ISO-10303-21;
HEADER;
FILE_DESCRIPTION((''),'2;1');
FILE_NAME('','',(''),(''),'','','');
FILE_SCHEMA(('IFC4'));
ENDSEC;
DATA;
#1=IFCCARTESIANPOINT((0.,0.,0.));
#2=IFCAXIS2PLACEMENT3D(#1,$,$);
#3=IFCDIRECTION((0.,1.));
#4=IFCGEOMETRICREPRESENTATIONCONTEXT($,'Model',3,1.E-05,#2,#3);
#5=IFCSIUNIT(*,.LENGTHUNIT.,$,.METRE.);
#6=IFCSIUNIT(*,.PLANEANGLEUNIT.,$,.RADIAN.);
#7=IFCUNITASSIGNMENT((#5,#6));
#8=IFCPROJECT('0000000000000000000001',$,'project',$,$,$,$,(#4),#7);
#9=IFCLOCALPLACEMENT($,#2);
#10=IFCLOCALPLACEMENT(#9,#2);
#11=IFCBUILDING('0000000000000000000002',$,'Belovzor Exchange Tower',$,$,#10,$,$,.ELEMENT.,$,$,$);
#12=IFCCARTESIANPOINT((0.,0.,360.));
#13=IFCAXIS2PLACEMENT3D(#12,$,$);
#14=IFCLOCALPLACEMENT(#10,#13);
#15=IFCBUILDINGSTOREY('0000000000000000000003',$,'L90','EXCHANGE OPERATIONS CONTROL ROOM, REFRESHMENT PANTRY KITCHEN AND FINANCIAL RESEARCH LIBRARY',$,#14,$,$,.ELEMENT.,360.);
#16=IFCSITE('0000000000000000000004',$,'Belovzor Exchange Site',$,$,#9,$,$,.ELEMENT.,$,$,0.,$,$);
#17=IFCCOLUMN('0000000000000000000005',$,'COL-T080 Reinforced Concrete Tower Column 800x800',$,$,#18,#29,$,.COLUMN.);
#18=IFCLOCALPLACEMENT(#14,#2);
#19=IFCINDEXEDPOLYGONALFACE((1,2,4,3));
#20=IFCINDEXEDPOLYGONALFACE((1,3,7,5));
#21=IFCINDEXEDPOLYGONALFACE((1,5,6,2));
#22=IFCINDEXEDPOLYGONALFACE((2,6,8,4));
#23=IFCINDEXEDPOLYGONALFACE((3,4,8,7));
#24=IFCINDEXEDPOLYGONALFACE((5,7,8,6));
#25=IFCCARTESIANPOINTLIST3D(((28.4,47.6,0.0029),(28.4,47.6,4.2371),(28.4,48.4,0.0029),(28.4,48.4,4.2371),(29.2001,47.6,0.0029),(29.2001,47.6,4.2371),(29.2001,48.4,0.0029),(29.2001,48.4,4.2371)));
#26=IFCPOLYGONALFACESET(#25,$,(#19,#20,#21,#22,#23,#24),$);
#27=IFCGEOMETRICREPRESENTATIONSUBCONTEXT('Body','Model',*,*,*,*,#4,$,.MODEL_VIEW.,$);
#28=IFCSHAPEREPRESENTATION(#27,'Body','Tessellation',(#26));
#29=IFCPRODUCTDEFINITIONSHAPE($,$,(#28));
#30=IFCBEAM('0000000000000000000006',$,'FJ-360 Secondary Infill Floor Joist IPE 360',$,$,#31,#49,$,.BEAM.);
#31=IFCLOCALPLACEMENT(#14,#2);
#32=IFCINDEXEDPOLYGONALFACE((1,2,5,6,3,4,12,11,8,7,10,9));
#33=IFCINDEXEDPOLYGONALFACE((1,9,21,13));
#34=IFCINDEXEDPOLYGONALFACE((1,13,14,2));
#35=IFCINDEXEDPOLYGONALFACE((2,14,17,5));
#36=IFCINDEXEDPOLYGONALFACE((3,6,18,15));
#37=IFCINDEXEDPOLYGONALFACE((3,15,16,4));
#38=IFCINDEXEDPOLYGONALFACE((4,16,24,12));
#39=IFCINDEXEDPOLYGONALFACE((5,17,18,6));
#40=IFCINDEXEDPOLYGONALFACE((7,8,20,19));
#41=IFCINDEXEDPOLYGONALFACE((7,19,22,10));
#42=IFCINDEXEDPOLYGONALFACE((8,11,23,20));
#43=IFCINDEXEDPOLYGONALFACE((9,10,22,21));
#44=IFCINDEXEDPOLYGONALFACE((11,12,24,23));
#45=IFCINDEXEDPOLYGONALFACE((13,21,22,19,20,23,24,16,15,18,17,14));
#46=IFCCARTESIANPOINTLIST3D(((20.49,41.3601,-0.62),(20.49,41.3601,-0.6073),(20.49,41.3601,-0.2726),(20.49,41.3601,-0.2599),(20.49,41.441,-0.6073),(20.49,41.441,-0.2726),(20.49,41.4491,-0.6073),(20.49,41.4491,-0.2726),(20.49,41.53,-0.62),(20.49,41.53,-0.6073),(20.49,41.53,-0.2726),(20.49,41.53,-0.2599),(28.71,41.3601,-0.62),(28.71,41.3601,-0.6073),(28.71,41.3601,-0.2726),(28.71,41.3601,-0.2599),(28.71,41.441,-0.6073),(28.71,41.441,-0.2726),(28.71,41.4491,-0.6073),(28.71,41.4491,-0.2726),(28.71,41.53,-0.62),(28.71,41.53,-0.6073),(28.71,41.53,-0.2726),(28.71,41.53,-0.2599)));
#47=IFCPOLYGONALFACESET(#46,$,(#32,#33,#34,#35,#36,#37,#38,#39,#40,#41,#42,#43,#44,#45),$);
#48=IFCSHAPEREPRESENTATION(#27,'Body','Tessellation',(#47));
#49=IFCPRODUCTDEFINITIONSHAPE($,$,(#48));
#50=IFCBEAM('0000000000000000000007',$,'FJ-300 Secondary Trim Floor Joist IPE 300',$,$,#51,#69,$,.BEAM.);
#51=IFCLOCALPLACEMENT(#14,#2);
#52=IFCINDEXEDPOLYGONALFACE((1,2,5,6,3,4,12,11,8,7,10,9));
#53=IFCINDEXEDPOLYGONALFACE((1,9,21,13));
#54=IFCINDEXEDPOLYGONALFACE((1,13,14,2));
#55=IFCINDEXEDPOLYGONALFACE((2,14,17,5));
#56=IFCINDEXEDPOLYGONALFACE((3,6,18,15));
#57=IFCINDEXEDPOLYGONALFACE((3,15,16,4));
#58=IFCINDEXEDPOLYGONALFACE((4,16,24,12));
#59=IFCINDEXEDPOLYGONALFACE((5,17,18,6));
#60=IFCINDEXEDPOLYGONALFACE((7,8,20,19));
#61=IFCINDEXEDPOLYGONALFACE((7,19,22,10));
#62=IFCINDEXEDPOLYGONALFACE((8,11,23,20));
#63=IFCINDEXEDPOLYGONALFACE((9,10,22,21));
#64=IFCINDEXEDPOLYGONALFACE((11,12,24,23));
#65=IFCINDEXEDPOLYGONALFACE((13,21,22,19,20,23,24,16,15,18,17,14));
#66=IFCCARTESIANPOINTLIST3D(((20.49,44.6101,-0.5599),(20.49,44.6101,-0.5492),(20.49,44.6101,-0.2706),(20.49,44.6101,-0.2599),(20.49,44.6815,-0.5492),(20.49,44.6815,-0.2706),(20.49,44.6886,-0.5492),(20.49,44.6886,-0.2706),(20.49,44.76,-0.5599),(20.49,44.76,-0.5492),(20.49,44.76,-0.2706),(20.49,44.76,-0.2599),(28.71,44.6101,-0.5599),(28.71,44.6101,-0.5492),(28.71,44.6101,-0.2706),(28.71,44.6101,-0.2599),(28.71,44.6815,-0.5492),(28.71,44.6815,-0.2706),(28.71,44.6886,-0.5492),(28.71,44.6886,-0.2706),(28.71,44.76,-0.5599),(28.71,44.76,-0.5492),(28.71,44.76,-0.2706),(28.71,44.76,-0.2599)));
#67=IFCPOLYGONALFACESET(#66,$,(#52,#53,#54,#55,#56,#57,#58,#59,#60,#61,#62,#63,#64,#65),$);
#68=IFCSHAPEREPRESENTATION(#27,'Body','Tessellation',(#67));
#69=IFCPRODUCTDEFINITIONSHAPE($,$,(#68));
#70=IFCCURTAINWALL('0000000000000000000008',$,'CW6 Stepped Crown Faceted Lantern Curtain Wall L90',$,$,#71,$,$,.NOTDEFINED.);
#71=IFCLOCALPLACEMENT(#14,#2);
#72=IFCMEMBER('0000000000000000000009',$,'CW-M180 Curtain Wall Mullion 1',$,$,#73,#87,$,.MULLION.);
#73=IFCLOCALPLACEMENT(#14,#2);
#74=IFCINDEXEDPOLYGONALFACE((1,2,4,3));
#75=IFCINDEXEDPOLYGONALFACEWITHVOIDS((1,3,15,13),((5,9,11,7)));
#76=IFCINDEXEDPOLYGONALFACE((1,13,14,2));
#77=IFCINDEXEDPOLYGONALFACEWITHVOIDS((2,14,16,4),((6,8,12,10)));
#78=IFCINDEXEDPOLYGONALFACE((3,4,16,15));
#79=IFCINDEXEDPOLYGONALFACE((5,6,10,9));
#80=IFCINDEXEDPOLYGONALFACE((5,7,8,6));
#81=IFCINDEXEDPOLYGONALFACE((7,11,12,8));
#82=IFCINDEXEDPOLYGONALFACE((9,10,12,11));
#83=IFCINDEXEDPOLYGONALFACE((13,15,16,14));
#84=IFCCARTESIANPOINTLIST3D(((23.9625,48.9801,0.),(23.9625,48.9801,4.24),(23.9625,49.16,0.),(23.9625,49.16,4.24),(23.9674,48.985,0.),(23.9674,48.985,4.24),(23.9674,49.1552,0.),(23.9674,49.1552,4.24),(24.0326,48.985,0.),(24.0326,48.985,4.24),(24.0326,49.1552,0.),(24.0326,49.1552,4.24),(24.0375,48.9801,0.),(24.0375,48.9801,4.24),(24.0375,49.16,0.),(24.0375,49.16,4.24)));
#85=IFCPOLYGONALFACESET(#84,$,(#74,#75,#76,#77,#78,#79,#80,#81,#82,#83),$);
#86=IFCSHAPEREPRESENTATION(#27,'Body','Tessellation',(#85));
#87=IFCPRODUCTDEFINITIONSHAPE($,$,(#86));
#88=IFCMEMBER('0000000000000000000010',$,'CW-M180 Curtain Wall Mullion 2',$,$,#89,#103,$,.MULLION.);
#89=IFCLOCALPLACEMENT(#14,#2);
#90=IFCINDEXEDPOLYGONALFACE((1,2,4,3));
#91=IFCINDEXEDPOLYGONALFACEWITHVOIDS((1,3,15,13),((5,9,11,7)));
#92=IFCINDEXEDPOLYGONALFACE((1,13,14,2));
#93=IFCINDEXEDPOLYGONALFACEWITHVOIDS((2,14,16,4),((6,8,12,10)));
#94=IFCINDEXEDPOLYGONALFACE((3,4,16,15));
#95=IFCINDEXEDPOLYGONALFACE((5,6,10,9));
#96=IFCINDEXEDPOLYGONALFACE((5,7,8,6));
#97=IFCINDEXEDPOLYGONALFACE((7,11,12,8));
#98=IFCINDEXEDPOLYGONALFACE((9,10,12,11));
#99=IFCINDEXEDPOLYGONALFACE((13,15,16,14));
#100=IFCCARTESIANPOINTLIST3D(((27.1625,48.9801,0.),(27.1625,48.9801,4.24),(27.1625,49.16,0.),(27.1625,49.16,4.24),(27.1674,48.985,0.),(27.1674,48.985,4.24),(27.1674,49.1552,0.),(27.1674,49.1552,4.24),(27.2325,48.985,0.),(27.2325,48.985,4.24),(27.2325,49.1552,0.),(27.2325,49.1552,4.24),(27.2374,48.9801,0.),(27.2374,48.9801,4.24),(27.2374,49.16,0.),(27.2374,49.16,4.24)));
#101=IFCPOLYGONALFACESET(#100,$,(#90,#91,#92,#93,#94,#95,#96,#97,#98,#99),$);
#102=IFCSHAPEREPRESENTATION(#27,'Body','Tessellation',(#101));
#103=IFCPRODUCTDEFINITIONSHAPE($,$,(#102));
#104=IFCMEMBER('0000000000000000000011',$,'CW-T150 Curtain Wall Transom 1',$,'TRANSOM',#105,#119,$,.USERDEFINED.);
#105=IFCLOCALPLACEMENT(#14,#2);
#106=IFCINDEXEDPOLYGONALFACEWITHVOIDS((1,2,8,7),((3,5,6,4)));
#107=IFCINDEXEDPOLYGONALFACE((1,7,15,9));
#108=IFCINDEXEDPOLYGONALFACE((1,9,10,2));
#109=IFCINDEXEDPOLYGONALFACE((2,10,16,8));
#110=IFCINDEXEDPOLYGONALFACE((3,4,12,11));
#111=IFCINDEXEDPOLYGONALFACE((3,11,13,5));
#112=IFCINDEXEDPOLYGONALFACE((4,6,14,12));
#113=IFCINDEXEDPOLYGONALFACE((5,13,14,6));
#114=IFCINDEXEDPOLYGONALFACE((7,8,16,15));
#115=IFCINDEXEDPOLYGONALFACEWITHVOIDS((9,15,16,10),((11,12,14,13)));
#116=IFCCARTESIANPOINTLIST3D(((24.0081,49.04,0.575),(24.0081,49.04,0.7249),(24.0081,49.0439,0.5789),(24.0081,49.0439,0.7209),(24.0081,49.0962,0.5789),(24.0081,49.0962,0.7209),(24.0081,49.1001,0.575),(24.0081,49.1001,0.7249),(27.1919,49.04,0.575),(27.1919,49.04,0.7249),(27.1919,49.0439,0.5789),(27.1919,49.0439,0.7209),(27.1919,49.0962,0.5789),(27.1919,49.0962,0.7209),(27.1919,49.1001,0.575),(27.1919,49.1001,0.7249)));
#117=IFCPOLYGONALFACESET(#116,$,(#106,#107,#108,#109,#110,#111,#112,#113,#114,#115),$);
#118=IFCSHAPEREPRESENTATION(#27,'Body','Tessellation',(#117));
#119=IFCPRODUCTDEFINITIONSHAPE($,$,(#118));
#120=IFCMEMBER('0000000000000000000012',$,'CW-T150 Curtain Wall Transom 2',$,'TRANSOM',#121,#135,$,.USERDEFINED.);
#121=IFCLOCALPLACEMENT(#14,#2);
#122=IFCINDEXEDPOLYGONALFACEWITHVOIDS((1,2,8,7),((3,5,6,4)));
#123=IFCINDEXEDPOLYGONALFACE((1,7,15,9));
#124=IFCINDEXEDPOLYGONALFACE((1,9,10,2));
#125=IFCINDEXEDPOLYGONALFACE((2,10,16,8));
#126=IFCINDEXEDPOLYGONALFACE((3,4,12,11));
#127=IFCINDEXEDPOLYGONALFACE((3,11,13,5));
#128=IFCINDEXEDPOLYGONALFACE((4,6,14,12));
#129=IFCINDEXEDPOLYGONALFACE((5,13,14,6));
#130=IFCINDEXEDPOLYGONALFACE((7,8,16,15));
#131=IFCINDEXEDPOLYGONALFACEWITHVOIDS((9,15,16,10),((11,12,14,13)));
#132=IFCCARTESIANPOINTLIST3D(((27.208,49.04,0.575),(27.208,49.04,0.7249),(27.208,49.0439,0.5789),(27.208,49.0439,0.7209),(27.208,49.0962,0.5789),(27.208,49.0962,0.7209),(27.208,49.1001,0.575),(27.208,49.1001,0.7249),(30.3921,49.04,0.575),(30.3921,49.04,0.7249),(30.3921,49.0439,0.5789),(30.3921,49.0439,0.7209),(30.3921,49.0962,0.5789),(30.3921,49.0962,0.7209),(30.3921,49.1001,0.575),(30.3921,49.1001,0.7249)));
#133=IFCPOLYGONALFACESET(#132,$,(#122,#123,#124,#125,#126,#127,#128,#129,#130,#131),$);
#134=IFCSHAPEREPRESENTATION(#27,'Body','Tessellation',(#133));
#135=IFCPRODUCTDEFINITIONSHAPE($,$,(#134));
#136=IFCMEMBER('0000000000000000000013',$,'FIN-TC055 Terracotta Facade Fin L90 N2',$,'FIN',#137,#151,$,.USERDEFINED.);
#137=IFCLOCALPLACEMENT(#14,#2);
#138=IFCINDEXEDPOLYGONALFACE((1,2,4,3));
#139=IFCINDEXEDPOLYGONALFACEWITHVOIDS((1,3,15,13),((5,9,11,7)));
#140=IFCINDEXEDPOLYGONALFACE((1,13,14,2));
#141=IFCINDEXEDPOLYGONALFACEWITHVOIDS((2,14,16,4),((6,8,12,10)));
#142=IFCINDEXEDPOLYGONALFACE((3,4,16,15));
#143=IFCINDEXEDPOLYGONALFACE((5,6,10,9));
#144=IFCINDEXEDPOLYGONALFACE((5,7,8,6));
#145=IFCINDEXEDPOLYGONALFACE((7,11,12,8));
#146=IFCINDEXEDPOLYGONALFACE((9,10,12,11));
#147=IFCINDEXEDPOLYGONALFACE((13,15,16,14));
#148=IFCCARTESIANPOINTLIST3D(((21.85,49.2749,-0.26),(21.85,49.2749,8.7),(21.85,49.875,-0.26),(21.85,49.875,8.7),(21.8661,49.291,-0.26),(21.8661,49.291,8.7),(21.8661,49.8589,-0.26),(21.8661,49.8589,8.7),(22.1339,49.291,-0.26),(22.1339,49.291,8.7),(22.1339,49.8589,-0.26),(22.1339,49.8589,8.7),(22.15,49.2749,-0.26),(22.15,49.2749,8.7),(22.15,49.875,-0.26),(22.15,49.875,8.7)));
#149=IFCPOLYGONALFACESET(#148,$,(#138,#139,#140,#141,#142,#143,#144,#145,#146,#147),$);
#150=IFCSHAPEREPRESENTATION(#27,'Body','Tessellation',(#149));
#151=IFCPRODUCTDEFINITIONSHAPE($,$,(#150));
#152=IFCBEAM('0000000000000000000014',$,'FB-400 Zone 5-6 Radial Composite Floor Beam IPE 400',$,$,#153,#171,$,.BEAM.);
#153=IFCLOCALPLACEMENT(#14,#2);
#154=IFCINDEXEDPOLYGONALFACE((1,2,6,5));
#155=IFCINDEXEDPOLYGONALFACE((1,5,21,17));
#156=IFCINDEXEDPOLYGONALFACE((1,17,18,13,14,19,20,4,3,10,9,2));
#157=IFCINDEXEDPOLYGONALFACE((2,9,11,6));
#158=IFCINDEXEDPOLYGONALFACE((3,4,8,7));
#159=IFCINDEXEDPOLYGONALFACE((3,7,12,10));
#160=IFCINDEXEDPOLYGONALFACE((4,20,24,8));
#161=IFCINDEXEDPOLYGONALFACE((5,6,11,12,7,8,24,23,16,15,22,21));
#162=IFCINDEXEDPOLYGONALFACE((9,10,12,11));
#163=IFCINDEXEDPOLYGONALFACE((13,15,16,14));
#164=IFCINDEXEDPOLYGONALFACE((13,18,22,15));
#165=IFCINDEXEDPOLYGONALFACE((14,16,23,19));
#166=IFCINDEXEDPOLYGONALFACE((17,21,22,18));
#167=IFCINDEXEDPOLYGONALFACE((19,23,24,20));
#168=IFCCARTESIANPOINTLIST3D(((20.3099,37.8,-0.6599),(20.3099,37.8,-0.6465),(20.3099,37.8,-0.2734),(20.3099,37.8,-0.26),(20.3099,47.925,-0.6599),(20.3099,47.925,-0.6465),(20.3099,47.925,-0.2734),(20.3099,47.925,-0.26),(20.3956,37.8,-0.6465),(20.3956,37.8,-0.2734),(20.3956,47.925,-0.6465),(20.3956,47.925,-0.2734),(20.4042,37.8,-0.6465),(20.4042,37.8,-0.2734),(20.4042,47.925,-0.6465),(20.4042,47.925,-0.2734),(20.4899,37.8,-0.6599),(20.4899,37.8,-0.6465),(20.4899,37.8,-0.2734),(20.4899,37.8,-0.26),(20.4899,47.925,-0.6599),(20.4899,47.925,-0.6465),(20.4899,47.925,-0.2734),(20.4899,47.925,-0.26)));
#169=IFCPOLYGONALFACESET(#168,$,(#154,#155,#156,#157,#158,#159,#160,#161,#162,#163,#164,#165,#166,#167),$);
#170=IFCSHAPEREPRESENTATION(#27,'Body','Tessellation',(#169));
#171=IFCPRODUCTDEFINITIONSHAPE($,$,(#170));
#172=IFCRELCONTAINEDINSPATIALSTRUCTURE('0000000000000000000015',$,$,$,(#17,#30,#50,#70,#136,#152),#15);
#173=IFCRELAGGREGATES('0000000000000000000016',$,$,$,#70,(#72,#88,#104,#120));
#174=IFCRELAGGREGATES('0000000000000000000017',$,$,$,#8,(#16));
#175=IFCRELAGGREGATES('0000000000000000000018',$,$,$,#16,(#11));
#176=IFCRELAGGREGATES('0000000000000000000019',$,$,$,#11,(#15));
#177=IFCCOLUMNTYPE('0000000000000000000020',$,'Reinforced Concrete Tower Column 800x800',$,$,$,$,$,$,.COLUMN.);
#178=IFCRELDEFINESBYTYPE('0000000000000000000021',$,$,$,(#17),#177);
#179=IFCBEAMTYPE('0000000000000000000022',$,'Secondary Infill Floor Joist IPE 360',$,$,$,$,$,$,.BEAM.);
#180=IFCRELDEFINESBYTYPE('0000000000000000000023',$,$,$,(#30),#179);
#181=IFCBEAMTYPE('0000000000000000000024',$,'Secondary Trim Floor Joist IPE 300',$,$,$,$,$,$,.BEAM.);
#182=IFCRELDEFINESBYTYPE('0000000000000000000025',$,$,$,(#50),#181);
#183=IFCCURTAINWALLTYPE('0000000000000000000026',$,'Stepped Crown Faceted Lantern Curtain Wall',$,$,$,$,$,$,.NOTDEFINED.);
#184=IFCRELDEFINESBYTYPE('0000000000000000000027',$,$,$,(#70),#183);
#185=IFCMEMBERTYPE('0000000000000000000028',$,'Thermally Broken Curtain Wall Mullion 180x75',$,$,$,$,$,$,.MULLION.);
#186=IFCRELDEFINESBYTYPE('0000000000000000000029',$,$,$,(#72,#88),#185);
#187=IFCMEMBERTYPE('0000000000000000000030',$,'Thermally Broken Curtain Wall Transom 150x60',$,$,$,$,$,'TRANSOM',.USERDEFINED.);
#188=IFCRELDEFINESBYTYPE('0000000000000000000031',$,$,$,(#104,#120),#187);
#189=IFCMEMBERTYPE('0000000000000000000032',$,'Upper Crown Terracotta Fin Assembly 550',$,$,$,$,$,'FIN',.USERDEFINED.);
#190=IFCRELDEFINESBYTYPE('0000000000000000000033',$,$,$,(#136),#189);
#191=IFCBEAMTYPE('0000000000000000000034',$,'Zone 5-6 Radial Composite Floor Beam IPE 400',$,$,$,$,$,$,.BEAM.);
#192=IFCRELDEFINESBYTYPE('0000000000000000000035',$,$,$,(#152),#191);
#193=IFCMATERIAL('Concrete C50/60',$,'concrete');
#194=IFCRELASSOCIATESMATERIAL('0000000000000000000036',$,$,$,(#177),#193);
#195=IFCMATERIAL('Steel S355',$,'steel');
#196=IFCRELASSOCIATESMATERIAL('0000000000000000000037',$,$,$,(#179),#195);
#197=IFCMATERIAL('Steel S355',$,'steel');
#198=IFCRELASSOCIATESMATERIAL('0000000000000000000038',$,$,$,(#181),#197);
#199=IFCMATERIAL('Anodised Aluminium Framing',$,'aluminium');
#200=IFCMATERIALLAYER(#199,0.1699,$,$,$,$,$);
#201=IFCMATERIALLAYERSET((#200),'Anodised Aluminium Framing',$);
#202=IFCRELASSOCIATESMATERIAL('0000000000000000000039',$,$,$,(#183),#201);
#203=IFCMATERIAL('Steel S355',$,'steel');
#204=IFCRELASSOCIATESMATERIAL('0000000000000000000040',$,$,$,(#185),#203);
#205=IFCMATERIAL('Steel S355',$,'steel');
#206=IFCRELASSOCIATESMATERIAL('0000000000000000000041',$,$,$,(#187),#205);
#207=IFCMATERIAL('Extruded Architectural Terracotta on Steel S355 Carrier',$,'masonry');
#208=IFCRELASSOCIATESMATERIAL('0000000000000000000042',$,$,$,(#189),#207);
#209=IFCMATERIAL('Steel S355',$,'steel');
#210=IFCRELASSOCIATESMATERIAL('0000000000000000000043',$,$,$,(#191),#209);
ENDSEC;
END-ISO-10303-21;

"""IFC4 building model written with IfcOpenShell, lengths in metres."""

from ifc_helpers import new_model, si_unit, direction, frame, origin, origin_2d, place, context, subcontext, project, spatial, rectangle, hollow_rectangle, i_section, extrude, material, layer, layer_set, material_profile, profile_set, type_object, element, aggregate, save


model = new_model("IFC4")

# Units and contexts
model_context = context("Model", 3, precision=1e-05, world=origin(), true_north=direction((0.0, 1.0)))
body_context = subcontext(model_context, "Body", "Model", "MODEL_VIEW")
ifc_project = project(units=[si_unit("LENGTHUNIT", "METRE"), si_unit("PLANEANGLEUNIT", "RADIAN")], contexts=[model_context])

# Site, building, storey
site_placement = place(None, origin())
site = spatial("IfcSite", under=ifc_project, at=site_placement, Name="Belovzor Exchange Site", CompositionType="ELEMENT", RefElevation=0.0)
building_placement = place(site_placement, origin())
building = spatial("IfcBuilding", under=site, at=building_placement, Name="Belovzor Exchange Tower", CompositionType="ELEMENT")
storey_placement = place(building_placement, frame((0.0, 0.0, 360.0)))
storey = spatial("IfcBuildingStorey", under=building, at=storey_placement, Name="L90", Description="EXCHANGE OPERATIONS CONTROL ROOM, REFRESHMENT PANTRY KITCHEN AND FINANCIAL RESEARCH LIBRARY", CompositionType="ELEMENT", Elevation=360.0)

# Column
ifc_material_1 = material(Name="Concrete C50/60", Category="concrete")
ifc_material_profile_1 = material_profile(ifc_material_1, rectangle(XDim=0.8, YDim=0.8, at=origin_2d()))
ifc_profile_set_1 = profile_set([ifc_material_profile_1], Name="Concrete C50/60")
column_type = type_object("IfcColumnType", Name="Reinforced Concrete Tower Column 800x800", PredefinedType="COLUMN", material=ifc_profile_set_1)
column_placement = place(storey_placement, frame((28.8, 48.0, 0.0029), z_axis=(0.0, 0.0, 1.0), x_axis=(1.0, 0.0, 0.0)))
element("IfcColumn", 1, at=column_placement, inside=storey, type_object=column_type, Name="COL-T080 Reinforced Concrete Tower Column 800x800", PredefinedType="COLUMN", context=body_context, shape_type="SweptSolid", body=[
    extrude(rectangle(XDim=0.8, YDim=0.8, at=origin_2d()), origin(), (0.0, 0.0, 1.0), 4.2341),
])

# Beams
ifc_material_2 = material(Name="Steel S355", Category="steel")
ifc_material_profile_2 = material_profile(ifc_material_2, i_section(OverallWidth=0.1699, OverallDepth=0.3601, WebThickness=0.0081, FlangeThickness=0.0127, at=origin_2d()))
ifc_profile_set_2 = profile_set([ifc_material_profile_2], Name="Steel S355")
beam_type_1 = type_object("IfcBeamType", Name="Secondary Infill Floor Joist IPE 360", PredefinedType="BEAM", material=ifc_profile_set_2)
beam_1_placement = place(storey_placement, frame((20.49, 41.4451, -0.4399), z_axis=(1.0, 0.0, 0.0), x_axis=(0.0, 1.0, 0.0)))
element("IfcBeam", 2, at=beam_1_placement, inside=storey, type_object=beam_type_1, Name="FJ-360 Secondary Infill Floor Joist IPE 360", PredefinedType="BEAM", context=body_context, shape_type="SweptSolid", body=[
    extrude(i_section(OverallWidth=0.1699, OverallDepth=0.3601, WebThickness=0.0081, FlangeThickness=0.0127, at=origin_2d()), origin(), (0.0, 0.0, 1.0), 8.22),
])
ifc_material_3 = material(Name="Steel S355", Category="steel")
ifc_material_profile_3 = material_profile(ifc_material_3, i_section(OverallWidth=0.1499, OverallDepth=0.3, WebThickness=0.0071, FlangeThickness=0.0107, at=origin_2d()))
ifc_profile_set_3 = profile_set([ifc_material_profile_3], Name="Steel S355")
beam_type_2 = type_object("IfcBeamType", Name="Secondary Trim Floor Joist IPE 300", PredefinedType="BEAM", material=ifc_profile_set_3)
beam_2_placement = place(storey_placement, frame((20.49, 44.6851, -0.4099), z_axis=(1.0, 0.0, 0.0), x_axis=(0.0, 1.0, 0.0)))
element("IfcBeam", 3, at=beam_2_placement, inside=storey, type_object=beam_type_2, Name="FJ-300 Secondary Trim Floor Joist IPE 300", PredefinedType="BEAM", context=body_context, shape_type="SweptSolid", body=[
    extrude(i_section(OverallWidth=0.1499, OverallDepth=0.3, WebThickness=0.0071, FlangeThickness=0.0107, at=origin_2d()), origin(), (0.0, 0.0, 1.0), 8.22),
])

# Curtain wall, members
ifc_material_4 = material(Name="Anodised Aluminium Framing", Category="aluminium")
ifc_layer_1 = layer(ifc_material_4, 0.1699)
ifc_layer_set_1 = layer_set([ifc_layer_1], Name="Anodised Aluminium Framing")
curtain_wall_type = type_object("IfcCurtainWallType", Name="Stepped Crown Faceted Lantern Curtain Wall", PredefinedType="NOTDEFINED", material=ifc_layer_set_1)
curtain_wall_placement = place(storey_placement, origin())
curtain_wall = element("IfcCurtainWall", 4, at=curtain_wall_placement, inside=storey, type_object=curtain_wall_type, Name="CW6 Stepped Crown Faceted Lantern Curtain Wall L90", PredefinedType="NOTDEFINED")
ifc_material_5 = material(Name="Steel S355", Category="steel")
ifc_material_profile_4 = material_profile(ifc_material_5, hollow_rectangle(XDim=0.075, YDim=0.1799, WallThickness=0.0049, at=origin_2d()))
ifc_profile_set_4 = profile_set([ifc_material_profile_4], Name="Steel S355")
member_type_1 = type_object("IfcMemberType", Name="Thermally Broken Curtain Wall Mullion 180x75", PredefinedType="MULLION", material=ifc_profile_set_4)
member_1_placement = place(storey_placement, frame((24.0, 49.0701, 0.0), z_axis=(0.0, 0.0, 1.0), x_axis=(1.0, 0.0, 0.0)))
member_1 = element("IfcMember", 5, at=member_1_placement, type_object=member_type_1, Name="CW-M180 Curtain Wall Mullion 1", PredefinedType="MULLION", context=body_context, shape_type="SweptSolid", body=[
    extrude(hollow_rectangle(XDim=0.075, YDim=0.1799, WallThickness=0.0049, at=origin_2d()), origin(), (0.0, 0.0, 1.0), 4.24),
])
member_2_placement = place(storey_placement, frame((27.2, 49.0701, 0.0), z_axis=(0.0, 0.0, 1.0), x_axis=(1.0, 0.0, 0.0)))
member_2 = element("IfcMember", 6, at=member_2_placement, type_object=member_type_1, Name="CW-M180 Curtain Wall Mullion 2", PredefinedType="MULLION", context=body_context, shape_type="SweptSolid", body=[
    extrude(hollow_rectangle(XDim=0.075, YDim=0.1799, WallThickness=0.0049, at=origin_2d()), origin(), (0.0, 0.0, 1.0), 4.24),
])
ifc_material_6 = material(Name="Steel S355", Category="steel")
ifc_material_profile_5 = material_profile(ifc_material_6, hollow_rectangle(XDim=0.0601, YDim=0.1499, WallThickness=0.0039, at=origin_2d()))
ifc_profile_set_5 = profile_set([ifc_material_profile_5], Name="Steel S355")
member_type_2 = type_object("IfcMemberType", Name="Thermally Broken Curtain Wall Transom 150x60", ElementType="TRANSOM", PredefinedType="USERDEFINED", material=ifc_profile_set_5)
member_3_placement = place(storey_placement, frame((24.0081, 49.0701, 0.6499), z_axis=(1.0, 0.0, 0.0), x_axis=(0.0, 1.0, 0.0)))
member_3 = element("IfcMember", 7, at=member_3_placement, type_object=member_type_2, Name="CW-T150 Curtain Wall Transom 1", ObjectType="TRANSOM", PredefinedType="USERDEFINED", context=body_context, shape_type="SweptSolid", body=[
    extrude(hollow_rectangle(XDim=0.0601, YDim=0.1499, WallThickness=0.0039, at=origin_2d()), origin(), (0.0, 0.0, 1.0), 3.1838),
])
member_4_placement = place(storey_placement, frame((27.208, 49.0701, 0.6499), z_axis=(1.0, 0.0, 0.0), x_axis=(0.0, 1.0, 0.0)))
member_4 = element("IfcMember", 8, at=member_4_placement, type_object=member_type_2, Name="CW-T150 Curtain Wall Transom 2", ObjectType="TRANSOM", PredefinedType="USERDEFINED", context=body_context, shape_type="SweptSolid", body=[
    extrude(hollow_rectangle(XDim=0.0601, YDim=0.1499, WallThickness=0.0039, at=origin_2d()), origin(), (0.0, 0.0, 1.0), 3.1841),
])

# Member
ifc_material_7 = material(Name="Extruded Architectural Terracotta on Steel S355 Carrier", Category="masonry")
ifc_material_profile_6 = material_profile(ifc_material_7, hollow_rectangle(XDim=0.3, YDim=0.6001, WallThickness=0.0161, at=origin_2d()))
ifc_profile_set_6 = profile_set([ifc_material_profile_6], Name="Extruded Architectural Terracotta on Steel S355 Carrier")
member_type_3 = type_object("IfcMemberType", Name="Upper Crown Terracotta Fin Assembly 550", ElementType="FIN", PredefinedType="USERDEFINED", material=ifc_profile_set_6)
member_5_placement = place(storey_placement, frame((22.0, 49.575, -0.26), z_axis=(0.0, 0.0, 1.0), x_axis=(1.0, 0.0, 0.0)))
element("IfcMember", 9, at=member_5_placement, inside=storey, type_object=member_type_3, Name="FIN-TC055 Terracotta Facade Fin L90 N2", ObjectType="FIN", PredefinedType="USERDEFINED", context=body_context, shape_type="SweptSolid", body=[
    extrude(hollow_rectangle(XDim=0.3, YDim=0.6001, WallThickness=0.0161, at=origin_2d()), origin(), (0.0, 0.0, 1.0), 8.96),
])

# Beam
ifc_material_8 = material(Name="Steel S355", Category="steel")
ifc_material_profile_7 = material_profile(ifc_material_8, i_section(OverallWidth=0.1799, OverallDepth=0.3999, WebThickness=0.0085, FlangeThickness=0.0134, at=origin_2d()))
ifc_profile_set_7 = profile_set([ifc_material_profile_7], Name="Steel S355")
beam_type_3 = type_object("IfcBeamType", Name="Zone 5-6 Radial Composite Floor Beam IPE 400", PredefinedType="BEAM", material=ifc_profile_set_7)
beam_3_placement = place(storey_placement, frame((20.3999, 37.8, -0.46), z_axis=(0.0, 1.0, 0.0), x_axis=(-1.0, 0.0, 0.0)))
element("IfcBeam", 10, at=beam_3_placement, inside=storey, type_object=beam_type_3, Name="FB-400 Zone 5-6 Radial Composite Floor Beam IPE 400", PredefinedType="BEAM", context=body_context, shape_type="SweptSolid", body=[
    extrude(i_section(OverallWidth=0.1799, OverallDepth=0.3999, WebThickness=0.0085, FlangeThickness=0.0134, at=origin_2d()), origin(), (0.0, 0.0, 1.0), 10.125),
])

aggregate(curtain_wall, [member_1, member_2, member_3, member_4])

save(model, "model.ifc")
